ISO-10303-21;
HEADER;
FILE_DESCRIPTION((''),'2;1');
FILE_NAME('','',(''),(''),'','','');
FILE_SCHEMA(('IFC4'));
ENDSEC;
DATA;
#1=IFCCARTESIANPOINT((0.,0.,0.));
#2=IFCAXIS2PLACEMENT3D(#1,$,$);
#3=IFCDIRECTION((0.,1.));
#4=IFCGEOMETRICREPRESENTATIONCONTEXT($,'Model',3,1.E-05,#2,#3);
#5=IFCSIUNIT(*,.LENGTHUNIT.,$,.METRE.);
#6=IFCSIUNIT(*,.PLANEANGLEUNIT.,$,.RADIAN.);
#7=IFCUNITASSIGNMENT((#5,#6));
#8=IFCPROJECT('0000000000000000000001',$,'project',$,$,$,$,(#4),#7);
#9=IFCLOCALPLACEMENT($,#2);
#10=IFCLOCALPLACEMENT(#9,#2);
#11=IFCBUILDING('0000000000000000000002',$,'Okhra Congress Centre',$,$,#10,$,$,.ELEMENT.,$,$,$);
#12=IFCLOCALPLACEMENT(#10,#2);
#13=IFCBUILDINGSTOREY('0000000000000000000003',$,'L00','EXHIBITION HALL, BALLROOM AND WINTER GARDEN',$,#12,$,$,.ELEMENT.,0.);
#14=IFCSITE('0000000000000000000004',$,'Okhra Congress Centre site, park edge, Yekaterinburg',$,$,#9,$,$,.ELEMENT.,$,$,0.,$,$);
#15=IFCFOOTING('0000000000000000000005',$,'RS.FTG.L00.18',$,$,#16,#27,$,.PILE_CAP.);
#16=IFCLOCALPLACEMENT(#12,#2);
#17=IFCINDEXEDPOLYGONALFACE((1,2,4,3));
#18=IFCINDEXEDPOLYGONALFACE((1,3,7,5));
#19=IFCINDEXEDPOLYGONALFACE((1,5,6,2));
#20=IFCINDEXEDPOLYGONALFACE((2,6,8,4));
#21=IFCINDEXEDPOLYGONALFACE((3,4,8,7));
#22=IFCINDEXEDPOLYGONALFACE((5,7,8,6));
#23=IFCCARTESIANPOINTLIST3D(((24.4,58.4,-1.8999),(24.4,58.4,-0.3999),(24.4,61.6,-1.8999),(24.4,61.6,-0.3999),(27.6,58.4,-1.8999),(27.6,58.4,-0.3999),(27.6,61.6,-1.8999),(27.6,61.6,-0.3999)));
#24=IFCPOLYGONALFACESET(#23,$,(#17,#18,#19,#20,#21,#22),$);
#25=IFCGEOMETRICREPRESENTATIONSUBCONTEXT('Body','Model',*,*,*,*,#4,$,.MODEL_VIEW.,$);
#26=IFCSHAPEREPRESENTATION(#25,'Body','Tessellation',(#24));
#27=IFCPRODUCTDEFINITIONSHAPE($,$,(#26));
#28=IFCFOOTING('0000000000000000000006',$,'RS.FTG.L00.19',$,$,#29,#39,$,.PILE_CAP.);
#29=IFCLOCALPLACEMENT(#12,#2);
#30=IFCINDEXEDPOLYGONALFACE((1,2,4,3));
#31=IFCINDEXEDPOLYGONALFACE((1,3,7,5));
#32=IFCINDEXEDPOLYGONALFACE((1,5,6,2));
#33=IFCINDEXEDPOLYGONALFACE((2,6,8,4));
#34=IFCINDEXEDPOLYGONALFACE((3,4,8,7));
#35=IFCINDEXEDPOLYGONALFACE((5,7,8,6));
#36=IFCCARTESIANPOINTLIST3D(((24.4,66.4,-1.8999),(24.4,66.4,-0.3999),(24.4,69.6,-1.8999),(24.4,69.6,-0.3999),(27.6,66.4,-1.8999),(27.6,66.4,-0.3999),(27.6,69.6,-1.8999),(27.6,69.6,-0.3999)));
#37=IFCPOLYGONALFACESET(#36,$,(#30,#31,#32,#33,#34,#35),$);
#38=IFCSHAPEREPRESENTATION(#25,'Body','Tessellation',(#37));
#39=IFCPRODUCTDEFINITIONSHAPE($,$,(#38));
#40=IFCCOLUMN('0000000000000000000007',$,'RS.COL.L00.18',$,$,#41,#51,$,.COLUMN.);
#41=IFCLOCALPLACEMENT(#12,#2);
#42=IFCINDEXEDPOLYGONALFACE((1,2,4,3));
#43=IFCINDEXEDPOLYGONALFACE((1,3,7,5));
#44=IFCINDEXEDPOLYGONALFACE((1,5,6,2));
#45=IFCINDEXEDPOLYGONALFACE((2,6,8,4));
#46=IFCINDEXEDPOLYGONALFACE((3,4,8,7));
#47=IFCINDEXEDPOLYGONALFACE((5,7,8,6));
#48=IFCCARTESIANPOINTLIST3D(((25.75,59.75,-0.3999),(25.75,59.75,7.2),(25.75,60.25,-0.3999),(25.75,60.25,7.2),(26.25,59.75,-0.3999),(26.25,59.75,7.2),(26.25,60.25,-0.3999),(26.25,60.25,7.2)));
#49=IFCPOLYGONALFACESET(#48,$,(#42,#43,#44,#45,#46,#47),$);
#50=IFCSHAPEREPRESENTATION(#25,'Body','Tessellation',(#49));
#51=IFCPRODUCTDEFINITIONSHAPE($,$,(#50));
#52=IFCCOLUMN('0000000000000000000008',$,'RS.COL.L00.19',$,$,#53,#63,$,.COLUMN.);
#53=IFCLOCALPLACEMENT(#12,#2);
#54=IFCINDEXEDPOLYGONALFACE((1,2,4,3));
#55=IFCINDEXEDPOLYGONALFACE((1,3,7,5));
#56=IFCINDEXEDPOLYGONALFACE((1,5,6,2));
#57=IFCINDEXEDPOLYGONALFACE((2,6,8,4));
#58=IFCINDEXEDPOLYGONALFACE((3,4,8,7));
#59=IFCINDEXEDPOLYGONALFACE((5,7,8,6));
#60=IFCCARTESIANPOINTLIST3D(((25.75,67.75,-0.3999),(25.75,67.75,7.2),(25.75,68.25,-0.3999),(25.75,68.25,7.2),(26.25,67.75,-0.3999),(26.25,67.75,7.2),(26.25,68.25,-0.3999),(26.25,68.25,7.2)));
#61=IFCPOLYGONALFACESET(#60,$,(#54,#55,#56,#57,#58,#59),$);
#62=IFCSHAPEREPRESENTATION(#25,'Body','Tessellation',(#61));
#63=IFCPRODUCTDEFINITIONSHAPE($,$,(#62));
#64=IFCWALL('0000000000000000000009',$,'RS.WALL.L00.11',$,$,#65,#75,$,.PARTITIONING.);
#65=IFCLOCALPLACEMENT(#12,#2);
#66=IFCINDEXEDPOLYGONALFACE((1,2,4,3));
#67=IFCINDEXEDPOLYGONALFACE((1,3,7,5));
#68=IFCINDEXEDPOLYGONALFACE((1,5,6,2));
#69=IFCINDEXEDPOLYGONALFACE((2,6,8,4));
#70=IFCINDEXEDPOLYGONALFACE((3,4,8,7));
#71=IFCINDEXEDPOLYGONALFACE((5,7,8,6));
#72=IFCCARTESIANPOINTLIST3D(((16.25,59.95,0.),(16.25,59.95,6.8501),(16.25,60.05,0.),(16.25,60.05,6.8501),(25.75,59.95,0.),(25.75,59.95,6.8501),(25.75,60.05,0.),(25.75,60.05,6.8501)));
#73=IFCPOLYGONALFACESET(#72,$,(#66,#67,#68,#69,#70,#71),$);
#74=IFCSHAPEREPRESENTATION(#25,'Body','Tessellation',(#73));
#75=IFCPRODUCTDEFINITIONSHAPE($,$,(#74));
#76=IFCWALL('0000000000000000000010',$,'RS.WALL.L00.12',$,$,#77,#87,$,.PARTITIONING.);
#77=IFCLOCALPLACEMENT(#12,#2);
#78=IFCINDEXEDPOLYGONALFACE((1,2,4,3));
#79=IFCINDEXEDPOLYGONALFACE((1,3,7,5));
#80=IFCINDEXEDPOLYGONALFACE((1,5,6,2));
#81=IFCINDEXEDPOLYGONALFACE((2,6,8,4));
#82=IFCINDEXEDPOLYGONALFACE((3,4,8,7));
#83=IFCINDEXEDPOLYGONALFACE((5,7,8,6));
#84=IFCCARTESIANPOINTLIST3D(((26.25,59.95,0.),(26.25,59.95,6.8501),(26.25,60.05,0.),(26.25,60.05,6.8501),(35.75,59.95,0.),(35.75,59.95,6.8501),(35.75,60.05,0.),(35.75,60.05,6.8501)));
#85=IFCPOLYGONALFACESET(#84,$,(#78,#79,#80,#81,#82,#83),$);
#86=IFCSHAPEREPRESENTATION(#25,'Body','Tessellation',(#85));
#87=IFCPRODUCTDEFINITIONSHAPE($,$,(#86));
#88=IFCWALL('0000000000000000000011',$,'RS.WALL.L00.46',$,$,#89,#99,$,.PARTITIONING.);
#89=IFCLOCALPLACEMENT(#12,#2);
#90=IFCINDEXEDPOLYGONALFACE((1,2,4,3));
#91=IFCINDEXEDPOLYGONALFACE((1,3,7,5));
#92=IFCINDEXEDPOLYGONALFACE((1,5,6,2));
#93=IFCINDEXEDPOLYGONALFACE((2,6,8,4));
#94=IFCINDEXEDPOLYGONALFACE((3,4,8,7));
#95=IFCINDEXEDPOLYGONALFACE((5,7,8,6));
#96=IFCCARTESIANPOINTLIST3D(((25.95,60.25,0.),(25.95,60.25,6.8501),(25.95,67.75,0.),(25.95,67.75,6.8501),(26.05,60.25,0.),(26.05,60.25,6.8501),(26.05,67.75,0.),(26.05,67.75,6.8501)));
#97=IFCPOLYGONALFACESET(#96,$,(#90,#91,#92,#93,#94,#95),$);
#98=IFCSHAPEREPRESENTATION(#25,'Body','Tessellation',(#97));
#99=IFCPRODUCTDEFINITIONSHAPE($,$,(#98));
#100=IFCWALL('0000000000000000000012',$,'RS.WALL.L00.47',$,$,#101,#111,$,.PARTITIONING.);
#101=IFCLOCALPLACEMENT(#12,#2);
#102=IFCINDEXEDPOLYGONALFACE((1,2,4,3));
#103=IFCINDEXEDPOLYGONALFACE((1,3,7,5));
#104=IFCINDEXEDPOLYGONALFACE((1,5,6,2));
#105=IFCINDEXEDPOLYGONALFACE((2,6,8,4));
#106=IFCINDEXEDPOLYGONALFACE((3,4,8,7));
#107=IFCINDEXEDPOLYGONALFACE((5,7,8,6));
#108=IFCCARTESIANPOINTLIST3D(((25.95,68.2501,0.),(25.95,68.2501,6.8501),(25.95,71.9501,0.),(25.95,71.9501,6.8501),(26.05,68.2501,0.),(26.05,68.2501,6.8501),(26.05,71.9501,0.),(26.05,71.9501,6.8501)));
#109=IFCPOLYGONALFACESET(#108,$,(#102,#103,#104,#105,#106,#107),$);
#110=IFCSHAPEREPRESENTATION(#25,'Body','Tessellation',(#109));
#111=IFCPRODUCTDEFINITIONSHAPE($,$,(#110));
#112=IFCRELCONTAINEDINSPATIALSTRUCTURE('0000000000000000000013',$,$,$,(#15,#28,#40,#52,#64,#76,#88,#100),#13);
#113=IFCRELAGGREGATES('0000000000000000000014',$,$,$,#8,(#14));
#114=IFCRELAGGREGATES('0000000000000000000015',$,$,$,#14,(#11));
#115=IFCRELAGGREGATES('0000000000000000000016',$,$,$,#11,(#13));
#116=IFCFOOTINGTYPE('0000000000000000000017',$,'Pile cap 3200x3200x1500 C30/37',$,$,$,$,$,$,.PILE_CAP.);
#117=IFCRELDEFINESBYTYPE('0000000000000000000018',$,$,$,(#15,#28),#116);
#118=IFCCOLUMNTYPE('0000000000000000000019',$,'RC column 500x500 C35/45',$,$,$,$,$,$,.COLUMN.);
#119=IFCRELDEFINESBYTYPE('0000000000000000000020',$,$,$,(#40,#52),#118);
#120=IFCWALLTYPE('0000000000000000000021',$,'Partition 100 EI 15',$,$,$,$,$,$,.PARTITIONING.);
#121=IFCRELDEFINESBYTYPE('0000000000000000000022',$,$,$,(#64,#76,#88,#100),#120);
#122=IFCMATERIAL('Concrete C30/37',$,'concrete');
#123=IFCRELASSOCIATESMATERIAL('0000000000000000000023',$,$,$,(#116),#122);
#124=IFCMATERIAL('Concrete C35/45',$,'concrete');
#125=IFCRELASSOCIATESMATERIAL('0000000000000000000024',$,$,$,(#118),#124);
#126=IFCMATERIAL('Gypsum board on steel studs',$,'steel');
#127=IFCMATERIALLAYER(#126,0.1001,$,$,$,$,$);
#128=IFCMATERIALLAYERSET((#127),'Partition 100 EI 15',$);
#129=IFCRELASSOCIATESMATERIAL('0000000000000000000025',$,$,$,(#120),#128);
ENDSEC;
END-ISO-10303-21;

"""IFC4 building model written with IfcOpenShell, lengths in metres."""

from ifc_helpers import new_model, si_unit, direction, frame, frame_2d, origin, origin_2d, place, context, subcontext, project, spatial, rectangle, extrude, material, layer, layer_set, material_profile, profile_set, type_object, element, save


model = new_model("IFC4")

# Units and contexts
model_context = context("Model", 3, precision=1e-05, world=origin(), true_north=direction((0.0, 1.0)))
body_context = subcontext(model_context, "Body", "Model", "MODEL_VIEW")
ifc_project = project(units=[si_unit("LENGTHUNIT", "METRE"), si_unit("PLANEANGLEUNIT", "RADIAN")], contexts=[model_context])

# Site, building, storey
site_placement = place(None, origin())
site = spatial("IfcSite", under=ifc_project, at=site_placement, Name="Okhra Congress Centre site, park edge, Yekaterinburg", CompositionType="ELEMENT", RefElevation=0.0)
building_placement = place(site_placement, origin())
building = spatial("IfcBuilding", under=site, at=building_placement, Name="Okhra Congress Centre", CompositionType="ELEMENT")
storey_placement = place(building_placement, origin())
storey = spatial("IfcBuildingStorey", under=building, at=storey_placement, Name="L00", Description="EXHIBITION HALL, BALLROOM AND WINTER GARDEN", CompositionType="ELEMENT", Elevation=0.0)

# Shared definitions
ifc_material_1 = material(Name="Concrete C30/37", Category="concrete")

# Footings
footing_type = type_object("IfcFootingType", Name="Pile cap 3200x3200x1500 C30/37", PredefinedType="PILE_CAP", material=ifc_material_1)
for number, where, z_axis, x_axis, name in (
    (1, (26.0, 60.0, -1.8999), (0.0, 0.0, 1.0), (1.0, 0.0, 0.0), "RS.FTG.L00.18"),
    (2, (26.0, 68.0, -1.8999), (0.0, 0.0, 1.0), (1.0, 0.0, 0.0), "RS.FTG.L00.19"),
):
    element("IfcFooting", number, at=place(storey_placement, frame(where, z_axis=z_axis, x_axis=x_axis)), inside=storey, type_object=footing_type, Name=name, PredefinedType="PILE_CAP", context=body_context, shape_type="SweptSolid", body=[
        extrude(rectangle(XDim=3.2, YDim=3.2, at=origin_2d()), origin(), (0.0, 0.0, 1.0), 1.5),
    ])

# Columns
ifc_material_2 = material(Name="Concrete C35/45", Category="concrete")
ifc_material_profile_1 = material_profile(ifc_material_2, rectangle(XDim=0.5, YDim=0.5, at=origin_2d()), Name="RC 500x500")
ifc_profile_set_1 = profile_set([ifc_material_profile_1], Name="Concrete C35/45")
column_type = type_object("IfcColumnType", Name="RC column 500x500 C35/45", PredefinedType="COLUMN", material=ifc_profile_set_1)
for number, where, z_axis, x_axis, name in (
    (3, (26.0, 60.0, -0.3999), (0.0, 0.0, 1.0), (1.0, 0.0, 0.0), "RS.COL.L00.18"),
    (4, (26.0, 68.0, -0.3999), (0.0, 0.0, 1.0), (1.0, 0.0, 0.0), "RS.COL.L00.19"),
):
    element("IfcColumn", number, at=place(storey_placement, frame(where, z_axis=z_axis, x_axis=x_axis)), inside=storey, type_object=column_type, Name=name, PredefinedType="COLUMN", context=body_context, shape_type="SweptSolid", body=[
        extrude(rectangle(XDim=0.5, YDim=0.5, at=origin_2d()), origin(), (0.0, 0.0, 1.0), 7.5999),
    ])

# Walls
ifc_material_3 = material(Name="Gypsum board on steel studs", Category="steel")
ifc_layer = layer(ifc_material_3, 0.1001)
ifc_layer_set = layer_set([ifc_layer], Name="Partition 100 EI 15")
wall_type = type_object("IfcWallType", Name="Partition 100 EI 15", PredefinedType="PARTITIONING", material=ifc_layer_set)
for number, where, z_axis, x_axis, name in (
    (5, (16.25, 60.0, 0.0), (0.0, 0.0, 1.0), (1.0, 0.0, 0.0), "RS.WALL.L00.11"),
    (6, (26.25, 60.0, 0.0), (0.0, 0.0, 1.0), (1.0, 0.0, 0.0), "RS.WALL.L00.12"),
):
    element("IfcWall", number, at=place(storey_placement, frame(where, z_axis=z_axis, x_axis=x_axis)), inside=storey, type_object=wall_type, Name=name, PredefinedType="PARTITIONING", context=body_context, shape_type="SweptSolid", body=[
        extrude(rectangle(XDim=9.5, YDim=0.1001, at=frame_2d((4.75, 0.0))), origin(), (0.0, 0.0, 1.0), 6.8501),
    ])
wall_1_placement = place(storey_placement, frame((26.0, 60.25, 0.0), z_axis=(0.0, 0.0, 1.0), x_axis=(0.0, 1.0, 0.0)))
element("IfcWall", 7, at=wall_1_placement, inside=storey, type_object=wall_type, Name="RS.WALL.L00.46", PredefinedType="PARTITIONING", context=body_context, shape_type="SweptSolid", body=[
    extrude(rectangle(XDim=7.5, YDim=0.1001, at=frame_2d((3.75, 0.0))), origin(), (0.0, 0.0, 1.0), 6.8501),
])
wall_2_placement = place(storey_placement, frame((26.0, 68.25, 0.0), z_axis=(0.0, 0.0, 1.0), x_axis=(0.0, 1.0, 0.0)))
element("IfcWall", 8, at=wall_2_placement, inside=storey, type_object=wall_type, Name="RS.WALL.L00.47", PredefinedType="PARTITIONING", context=body_context, shape_type="SweptSolid", body=[
    extrude(rectangle(XDim=3.7, YDim=0.1001, at=frame_2d((1.8501, 0.0))), origin(), (0.0, 0.0, 1.0), 6.8501),
])

save(model, "model.ifc")
